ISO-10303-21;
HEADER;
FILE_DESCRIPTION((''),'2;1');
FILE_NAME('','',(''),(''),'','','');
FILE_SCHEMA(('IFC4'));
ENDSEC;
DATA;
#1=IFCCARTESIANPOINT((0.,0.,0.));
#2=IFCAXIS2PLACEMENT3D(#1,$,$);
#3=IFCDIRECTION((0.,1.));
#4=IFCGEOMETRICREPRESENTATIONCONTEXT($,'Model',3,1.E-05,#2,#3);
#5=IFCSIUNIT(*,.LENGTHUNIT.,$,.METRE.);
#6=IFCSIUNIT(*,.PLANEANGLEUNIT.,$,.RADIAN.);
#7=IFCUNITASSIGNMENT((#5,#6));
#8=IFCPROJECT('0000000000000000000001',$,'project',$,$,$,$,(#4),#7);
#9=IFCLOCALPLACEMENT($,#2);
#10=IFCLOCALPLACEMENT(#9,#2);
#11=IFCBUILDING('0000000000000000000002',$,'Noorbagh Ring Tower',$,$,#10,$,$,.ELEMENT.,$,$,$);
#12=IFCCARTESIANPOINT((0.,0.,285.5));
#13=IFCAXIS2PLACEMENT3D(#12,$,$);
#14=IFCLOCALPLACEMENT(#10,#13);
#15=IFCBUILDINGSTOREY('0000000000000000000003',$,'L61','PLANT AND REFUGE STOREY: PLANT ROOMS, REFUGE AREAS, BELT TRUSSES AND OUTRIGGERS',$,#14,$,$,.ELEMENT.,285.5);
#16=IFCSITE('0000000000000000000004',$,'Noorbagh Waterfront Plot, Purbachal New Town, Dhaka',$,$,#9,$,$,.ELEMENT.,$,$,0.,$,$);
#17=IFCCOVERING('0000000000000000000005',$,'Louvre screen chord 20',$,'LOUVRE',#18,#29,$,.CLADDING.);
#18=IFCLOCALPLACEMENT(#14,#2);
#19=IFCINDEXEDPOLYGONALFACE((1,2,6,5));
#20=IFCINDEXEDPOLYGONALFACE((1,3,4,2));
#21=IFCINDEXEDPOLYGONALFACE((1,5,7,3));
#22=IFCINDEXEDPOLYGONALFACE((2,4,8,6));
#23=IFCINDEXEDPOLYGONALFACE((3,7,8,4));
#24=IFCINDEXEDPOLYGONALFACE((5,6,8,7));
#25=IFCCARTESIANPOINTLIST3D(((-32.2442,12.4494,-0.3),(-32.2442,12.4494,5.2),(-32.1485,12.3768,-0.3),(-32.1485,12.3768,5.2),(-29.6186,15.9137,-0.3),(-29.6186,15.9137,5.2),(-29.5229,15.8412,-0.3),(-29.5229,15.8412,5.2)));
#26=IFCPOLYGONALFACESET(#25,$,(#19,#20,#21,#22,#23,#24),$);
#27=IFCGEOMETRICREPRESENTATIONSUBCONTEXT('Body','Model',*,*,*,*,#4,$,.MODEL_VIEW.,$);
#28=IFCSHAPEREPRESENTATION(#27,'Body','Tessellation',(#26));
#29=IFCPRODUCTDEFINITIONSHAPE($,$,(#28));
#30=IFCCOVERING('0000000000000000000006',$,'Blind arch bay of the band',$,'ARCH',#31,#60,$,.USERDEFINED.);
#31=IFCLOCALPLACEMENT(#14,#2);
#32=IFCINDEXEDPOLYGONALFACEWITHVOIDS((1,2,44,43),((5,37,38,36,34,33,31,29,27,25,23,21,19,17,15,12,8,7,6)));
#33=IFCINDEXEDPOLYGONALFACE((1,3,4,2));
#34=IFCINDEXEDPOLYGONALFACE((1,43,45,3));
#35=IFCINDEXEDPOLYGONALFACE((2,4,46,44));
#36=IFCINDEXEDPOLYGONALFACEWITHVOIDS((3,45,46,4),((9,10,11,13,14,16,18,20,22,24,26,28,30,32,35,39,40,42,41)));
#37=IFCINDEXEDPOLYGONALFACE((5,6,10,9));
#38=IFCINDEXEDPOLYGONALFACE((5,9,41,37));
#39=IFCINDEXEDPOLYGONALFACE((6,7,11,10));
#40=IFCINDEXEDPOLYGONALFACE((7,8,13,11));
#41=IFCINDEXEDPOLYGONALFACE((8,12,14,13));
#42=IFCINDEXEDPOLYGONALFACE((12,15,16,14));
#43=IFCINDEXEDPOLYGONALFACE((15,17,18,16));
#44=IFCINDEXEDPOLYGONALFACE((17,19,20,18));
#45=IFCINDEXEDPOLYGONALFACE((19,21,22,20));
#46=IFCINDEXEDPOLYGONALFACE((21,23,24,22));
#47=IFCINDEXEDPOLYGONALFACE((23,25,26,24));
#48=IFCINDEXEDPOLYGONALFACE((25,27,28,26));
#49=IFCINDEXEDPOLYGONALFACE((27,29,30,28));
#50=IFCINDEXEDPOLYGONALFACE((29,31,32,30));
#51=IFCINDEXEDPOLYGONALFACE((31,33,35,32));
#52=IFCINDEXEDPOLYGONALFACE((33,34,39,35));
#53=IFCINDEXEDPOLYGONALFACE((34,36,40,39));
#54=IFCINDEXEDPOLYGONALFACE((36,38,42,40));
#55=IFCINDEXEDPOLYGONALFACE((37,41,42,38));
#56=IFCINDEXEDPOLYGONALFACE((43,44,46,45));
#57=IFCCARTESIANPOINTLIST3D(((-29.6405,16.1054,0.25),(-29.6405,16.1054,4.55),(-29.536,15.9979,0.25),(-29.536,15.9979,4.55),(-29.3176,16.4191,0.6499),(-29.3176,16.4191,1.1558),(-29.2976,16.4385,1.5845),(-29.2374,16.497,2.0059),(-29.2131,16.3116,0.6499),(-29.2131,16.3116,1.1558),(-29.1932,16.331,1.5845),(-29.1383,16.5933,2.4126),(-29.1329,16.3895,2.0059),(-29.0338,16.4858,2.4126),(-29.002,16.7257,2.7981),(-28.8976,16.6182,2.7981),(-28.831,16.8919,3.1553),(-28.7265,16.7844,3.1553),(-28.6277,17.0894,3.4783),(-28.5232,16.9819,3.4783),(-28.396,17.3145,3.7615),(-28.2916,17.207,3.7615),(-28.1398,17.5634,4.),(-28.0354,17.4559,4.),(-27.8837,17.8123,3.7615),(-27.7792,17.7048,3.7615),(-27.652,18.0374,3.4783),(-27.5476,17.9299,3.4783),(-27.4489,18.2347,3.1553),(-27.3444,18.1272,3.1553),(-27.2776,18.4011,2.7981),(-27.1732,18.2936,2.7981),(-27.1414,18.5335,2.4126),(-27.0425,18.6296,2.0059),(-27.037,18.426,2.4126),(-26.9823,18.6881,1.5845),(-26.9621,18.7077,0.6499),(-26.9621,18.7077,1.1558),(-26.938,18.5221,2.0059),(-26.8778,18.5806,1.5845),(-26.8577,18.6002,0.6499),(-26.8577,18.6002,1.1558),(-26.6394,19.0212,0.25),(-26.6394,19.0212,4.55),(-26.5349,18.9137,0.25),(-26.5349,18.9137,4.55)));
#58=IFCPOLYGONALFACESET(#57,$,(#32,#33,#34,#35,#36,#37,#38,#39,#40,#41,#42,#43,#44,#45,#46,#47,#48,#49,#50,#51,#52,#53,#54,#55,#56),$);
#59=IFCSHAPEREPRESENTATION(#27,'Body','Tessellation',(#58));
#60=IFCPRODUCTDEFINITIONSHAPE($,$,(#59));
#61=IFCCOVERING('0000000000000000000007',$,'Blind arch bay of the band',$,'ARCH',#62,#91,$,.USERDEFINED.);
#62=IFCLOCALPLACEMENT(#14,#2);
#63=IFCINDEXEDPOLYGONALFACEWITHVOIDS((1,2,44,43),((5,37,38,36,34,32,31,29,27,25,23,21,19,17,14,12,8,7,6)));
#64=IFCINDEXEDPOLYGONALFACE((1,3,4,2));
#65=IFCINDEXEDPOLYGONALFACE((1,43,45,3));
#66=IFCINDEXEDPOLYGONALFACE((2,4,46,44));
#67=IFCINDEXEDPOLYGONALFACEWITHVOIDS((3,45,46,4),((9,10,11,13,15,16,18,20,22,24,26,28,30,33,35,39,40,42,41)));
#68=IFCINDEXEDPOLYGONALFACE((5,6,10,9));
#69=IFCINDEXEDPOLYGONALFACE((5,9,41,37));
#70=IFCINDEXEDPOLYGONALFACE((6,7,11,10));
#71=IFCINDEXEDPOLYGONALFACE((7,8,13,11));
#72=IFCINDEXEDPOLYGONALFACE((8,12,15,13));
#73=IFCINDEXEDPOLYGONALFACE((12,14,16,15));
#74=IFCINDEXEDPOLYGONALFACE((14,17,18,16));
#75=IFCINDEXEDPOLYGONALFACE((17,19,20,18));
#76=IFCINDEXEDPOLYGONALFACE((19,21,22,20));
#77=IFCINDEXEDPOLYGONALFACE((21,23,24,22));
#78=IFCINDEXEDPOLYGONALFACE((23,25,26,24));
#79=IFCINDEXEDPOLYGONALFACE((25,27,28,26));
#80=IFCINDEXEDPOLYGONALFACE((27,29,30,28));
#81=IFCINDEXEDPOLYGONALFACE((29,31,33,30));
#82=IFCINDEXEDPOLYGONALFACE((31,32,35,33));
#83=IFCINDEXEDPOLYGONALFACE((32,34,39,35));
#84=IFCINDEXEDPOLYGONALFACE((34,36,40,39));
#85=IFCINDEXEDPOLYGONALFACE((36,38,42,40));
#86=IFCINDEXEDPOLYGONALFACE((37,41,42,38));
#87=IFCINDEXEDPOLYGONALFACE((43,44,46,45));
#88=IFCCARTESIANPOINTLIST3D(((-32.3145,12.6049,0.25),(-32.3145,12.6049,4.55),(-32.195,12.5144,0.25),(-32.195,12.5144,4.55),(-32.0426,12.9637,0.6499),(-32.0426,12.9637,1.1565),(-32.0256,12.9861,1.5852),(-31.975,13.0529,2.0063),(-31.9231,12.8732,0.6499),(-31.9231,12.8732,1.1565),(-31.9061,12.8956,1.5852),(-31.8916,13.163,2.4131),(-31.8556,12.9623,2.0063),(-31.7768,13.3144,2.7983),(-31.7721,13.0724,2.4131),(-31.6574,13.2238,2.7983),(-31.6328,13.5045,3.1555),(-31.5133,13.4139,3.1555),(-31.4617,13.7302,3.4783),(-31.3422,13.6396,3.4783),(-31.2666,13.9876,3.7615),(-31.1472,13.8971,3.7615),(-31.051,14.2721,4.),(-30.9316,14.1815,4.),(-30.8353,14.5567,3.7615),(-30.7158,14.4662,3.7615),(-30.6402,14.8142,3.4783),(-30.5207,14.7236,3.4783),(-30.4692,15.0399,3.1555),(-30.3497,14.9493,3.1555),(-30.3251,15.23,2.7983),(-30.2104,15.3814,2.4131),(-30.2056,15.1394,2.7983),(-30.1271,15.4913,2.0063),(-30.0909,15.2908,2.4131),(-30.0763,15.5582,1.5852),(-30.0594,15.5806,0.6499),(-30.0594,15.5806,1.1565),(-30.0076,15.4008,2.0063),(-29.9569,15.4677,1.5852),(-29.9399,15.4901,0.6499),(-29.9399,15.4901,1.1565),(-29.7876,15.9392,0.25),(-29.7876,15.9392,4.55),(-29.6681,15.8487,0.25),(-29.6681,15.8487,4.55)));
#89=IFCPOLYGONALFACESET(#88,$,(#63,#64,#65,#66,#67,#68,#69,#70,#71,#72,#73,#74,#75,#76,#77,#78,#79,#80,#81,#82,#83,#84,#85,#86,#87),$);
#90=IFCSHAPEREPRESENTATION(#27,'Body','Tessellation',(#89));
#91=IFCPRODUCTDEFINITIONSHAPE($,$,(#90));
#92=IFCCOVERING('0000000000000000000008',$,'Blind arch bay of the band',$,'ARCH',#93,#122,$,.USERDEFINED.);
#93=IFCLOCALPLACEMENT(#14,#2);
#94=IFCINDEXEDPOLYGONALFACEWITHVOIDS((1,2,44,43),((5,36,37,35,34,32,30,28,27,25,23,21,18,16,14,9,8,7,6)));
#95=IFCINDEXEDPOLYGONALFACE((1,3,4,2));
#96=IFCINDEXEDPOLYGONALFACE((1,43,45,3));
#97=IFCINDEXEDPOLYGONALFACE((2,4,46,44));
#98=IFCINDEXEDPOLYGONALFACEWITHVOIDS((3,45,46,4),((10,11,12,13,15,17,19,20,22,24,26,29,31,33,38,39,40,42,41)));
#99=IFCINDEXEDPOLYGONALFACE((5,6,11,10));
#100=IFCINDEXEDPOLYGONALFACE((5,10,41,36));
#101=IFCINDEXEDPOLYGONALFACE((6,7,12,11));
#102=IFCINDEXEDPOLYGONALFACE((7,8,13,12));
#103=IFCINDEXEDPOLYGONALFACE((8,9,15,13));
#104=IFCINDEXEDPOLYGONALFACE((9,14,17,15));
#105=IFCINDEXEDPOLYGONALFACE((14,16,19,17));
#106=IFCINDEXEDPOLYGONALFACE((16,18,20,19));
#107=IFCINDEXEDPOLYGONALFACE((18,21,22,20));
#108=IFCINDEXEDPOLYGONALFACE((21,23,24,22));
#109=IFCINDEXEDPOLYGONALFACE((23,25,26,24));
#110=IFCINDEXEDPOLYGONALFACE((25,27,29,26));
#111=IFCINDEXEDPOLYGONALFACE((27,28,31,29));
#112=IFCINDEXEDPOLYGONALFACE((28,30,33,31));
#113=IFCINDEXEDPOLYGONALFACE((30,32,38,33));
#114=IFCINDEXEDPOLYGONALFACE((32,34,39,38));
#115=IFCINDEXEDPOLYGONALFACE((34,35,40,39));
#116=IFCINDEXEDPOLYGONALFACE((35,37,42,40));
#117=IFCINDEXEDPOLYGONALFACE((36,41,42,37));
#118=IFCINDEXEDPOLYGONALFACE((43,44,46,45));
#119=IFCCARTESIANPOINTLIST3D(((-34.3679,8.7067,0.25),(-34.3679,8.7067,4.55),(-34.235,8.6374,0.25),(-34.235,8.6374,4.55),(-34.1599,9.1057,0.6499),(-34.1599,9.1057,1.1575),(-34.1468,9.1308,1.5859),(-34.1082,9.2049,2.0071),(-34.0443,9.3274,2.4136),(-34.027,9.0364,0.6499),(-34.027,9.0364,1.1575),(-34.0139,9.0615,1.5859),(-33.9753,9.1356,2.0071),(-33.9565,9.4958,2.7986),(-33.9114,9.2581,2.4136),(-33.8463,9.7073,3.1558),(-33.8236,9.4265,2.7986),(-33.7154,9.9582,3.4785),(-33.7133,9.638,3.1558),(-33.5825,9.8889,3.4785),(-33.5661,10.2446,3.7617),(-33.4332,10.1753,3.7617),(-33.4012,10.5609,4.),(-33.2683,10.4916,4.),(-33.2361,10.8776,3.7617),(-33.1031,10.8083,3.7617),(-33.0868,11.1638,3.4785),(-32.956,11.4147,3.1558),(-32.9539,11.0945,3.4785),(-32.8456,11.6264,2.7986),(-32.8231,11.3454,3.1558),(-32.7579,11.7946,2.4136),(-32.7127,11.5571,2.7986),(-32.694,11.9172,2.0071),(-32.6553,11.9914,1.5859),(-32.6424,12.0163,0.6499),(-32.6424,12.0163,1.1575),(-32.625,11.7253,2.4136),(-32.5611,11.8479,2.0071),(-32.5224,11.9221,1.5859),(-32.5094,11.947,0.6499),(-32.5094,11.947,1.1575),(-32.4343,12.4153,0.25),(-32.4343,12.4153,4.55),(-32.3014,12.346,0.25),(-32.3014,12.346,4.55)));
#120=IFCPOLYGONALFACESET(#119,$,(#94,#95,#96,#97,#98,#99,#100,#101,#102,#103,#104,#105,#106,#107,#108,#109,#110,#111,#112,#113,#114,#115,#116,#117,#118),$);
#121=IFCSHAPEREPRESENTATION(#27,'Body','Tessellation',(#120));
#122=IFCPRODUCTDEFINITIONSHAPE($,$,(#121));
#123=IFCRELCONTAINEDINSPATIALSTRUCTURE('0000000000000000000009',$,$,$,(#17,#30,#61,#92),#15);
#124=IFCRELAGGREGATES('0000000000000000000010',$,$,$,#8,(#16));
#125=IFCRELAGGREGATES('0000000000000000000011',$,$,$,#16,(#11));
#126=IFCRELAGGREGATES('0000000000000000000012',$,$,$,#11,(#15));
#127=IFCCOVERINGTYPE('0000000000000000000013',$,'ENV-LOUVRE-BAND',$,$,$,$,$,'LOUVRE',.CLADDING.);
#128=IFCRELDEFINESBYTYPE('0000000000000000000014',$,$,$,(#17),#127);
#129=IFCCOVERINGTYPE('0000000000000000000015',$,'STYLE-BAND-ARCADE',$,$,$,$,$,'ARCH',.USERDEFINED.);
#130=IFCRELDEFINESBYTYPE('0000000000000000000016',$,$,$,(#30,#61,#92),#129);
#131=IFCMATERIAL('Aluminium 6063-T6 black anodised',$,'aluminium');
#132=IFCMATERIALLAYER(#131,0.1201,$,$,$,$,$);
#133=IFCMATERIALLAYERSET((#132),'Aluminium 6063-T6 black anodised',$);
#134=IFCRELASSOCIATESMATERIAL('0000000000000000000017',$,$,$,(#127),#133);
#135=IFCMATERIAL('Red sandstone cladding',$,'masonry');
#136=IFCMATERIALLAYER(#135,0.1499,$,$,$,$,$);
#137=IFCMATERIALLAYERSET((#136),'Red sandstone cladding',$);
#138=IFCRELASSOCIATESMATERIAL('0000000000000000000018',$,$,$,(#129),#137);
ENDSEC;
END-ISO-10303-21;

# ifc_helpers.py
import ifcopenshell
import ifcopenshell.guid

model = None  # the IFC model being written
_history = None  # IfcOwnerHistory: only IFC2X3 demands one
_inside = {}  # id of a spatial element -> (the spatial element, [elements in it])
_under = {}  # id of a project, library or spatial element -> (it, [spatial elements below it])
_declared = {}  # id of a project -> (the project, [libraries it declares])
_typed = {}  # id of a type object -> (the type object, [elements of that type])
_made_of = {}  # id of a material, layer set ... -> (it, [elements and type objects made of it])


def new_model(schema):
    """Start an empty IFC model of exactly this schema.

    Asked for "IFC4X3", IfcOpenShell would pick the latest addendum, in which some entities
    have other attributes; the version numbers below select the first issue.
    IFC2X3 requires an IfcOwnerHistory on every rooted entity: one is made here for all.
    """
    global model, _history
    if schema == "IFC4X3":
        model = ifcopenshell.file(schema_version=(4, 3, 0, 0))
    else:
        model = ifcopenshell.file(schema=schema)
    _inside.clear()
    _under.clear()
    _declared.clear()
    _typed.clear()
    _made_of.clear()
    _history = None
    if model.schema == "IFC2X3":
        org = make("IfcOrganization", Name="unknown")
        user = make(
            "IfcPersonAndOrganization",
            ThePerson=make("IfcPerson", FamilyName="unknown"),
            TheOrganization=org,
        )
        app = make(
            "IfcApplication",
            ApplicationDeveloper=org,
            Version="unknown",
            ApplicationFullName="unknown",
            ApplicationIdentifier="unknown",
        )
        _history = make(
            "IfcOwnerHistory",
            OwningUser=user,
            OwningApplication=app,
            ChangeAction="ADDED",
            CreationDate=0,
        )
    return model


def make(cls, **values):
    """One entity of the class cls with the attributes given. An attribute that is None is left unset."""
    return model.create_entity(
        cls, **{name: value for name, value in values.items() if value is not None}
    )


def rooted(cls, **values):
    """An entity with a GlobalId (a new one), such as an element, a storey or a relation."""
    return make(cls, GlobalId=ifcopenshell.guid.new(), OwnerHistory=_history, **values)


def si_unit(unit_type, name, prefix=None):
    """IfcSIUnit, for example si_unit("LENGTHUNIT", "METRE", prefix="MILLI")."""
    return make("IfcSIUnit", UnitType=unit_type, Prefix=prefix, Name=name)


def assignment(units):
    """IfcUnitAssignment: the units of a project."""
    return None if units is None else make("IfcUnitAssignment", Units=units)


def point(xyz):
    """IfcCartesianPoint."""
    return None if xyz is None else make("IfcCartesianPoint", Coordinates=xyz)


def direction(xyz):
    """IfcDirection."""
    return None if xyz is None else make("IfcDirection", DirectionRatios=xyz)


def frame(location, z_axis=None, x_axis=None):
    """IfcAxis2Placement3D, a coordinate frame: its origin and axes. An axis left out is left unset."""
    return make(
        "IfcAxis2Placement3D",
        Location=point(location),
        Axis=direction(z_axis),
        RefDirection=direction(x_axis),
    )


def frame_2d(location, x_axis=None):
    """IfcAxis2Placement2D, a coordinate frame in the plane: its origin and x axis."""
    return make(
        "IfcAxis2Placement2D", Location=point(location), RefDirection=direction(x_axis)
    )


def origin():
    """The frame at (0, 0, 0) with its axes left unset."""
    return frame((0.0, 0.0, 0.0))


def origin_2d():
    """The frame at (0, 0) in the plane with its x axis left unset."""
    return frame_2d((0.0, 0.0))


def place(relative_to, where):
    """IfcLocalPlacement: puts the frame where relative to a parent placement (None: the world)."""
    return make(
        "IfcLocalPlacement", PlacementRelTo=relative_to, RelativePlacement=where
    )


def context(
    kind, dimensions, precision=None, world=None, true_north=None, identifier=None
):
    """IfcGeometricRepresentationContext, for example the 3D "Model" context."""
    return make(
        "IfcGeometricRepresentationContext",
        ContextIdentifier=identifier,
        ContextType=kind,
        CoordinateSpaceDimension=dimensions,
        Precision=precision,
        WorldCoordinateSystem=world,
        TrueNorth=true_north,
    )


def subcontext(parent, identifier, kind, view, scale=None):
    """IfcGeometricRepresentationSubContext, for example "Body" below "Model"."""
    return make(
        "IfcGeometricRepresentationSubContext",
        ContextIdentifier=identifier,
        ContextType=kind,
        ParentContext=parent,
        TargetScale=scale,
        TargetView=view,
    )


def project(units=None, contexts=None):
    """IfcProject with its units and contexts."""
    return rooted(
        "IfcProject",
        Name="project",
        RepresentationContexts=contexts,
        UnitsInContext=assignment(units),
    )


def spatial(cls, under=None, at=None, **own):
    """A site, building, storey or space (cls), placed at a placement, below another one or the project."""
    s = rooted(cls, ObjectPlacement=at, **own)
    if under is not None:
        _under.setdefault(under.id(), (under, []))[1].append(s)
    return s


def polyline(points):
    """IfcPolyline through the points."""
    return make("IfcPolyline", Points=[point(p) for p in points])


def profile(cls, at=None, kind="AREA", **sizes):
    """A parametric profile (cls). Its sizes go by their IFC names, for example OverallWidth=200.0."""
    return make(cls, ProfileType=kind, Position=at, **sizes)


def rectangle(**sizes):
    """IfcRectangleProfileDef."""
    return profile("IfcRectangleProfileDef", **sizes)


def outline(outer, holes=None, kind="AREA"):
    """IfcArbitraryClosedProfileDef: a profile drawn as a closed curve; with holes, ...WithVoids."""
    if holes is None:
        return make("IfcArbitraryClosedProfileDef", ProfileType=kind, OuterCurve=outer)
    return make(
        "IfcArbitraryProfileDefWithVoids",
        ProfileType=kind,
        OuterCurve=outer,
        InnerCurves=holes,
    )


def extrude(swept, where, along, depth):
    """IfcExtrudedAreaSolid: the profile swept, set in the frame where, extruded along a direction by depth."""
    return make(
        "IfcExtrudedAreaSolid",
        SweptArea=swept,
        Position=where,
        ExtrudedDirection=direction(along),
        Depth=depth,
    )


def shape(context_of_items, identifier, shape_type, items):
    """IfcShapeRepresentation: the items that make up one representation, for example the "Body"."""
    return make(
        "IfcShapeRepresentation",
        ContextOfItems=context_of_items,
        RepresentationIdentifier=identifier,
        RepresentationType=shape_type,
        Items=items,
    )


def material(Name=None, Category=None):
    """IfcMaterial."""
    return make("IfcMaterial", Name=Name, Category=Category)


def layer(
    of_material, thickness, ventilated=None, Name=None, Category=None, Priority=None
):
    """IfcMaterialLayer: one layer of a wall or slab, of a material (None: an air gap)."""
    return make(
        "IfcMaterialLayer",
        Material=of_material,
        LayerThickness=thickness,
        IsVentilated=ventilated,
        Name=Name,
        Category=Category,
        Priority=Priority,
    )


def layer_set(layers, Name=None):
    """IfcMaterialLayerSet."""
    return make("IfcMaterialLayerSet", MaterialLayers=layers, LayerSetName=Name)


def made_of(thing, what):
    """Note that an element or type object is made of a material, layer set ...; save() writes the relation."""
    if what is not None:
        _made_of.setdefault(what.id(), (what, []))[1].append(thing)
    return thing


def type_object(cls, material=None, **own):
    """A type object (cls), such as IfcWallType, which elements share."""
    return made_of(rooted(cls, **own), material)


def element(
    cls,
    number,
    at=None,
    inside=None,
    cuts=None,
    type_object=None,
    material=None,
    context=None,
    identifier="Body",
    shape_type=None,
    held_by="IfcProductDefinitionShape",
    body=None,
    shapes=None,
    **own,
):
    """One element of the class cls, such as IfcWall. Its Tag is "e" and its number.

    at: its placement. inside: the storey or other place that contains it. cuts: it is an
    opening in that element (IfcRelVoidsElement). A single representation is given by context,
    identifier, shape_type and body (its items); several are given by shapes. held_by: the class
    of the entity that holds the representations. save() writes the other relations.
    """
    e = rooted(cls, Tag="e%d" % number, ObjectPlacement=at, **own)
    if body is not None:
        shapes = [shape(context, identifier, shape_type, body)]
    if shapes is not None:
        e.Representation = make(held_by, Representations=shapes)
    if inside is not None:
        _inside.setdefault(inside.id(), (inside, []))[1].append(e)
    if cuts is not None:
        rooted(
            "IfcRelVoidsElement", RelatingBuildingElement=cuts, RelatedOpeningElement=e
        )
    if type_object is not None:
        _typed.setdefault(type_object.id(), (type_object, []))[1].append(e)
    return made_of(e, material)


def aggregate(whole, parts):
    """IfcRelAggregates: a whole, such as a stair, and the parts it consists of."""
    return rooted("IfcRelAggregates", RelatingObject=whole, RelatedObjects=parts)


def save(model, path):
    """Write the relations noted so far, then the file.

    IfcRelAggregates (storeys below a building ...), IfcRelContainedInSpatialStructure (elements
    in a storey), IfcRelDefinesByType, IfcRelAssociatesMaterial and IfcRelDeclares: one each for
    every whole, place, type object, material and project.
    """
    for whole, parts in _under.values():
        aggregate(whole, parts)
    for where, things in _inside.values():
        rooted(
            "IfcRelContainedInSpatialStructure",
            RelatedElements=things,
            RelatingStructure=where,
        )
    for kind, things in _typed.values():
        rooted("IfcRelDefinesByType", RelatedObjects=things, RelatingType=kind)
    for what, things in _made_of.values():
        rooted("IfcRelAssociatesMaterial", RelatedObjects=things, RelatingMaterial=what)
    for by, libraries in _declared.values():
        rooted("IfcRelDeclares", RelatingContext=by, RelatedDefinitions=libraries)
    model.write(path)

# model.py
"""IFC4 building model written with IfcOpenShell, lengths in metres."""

from ifc_helpers import new_model, si_unit, direction, frame, origin, origin_2d, place, context, subcontext, project, spatial, polyline, rectangle, outline, extrude, material, layer, layer_set, type_object, element, save


model = new_model("IFC4")

# Units and contexts
model_context = context("Model", 3, precision=1e-05, world=origin(), true_north=direction((0.0, 1.0)))
body_context = subcontext(model_context, "Body", "Model", "MODEL_VIEW")
ifc_project = project(units=[si_unit("LENGTHUNIT", "METRE"), si_unit("PLANEANGLEUNIT", "RADIAN")], contexts=[model_context])

# Site, building, storey
site_placement = place(None, origin())
site = spatial("IfcSite", under=ifc_project, at=site_placement, Name="Noorbagh Waterfront Plot, Purbachal New Town, Dhaka", CompositionType="ELEMENT", RefElevation=0.0)
building_placement = place(site_placement, origin())
building = spatial("IfcBuilding", under=site, at=building_placement, Name="Noorbagh Ring Tower", CompositionType="ELEMENT")
storey_placement = place(building_placement, frame((0.0, 0.0, 285.5)))
storey = spatial("IfcBuildingStorey", under=building, at=storey_placement, Name="L61", Description="PLANT AND REFUGE STOREY: PLANT ROOMS, REFUGE AREAS, BELT TRUSSES AND OUTRIGGERS", CompositionType="ELEMENT", Elevation=285.5)

# Coverings
ifc_material_1 = material(Name="Aluminium 6063-T6 black anodised", Category="aluminium")
ifc_layer_1 = layer(ifc_material_1, 0.1201)
ifc_layer_set_1 = layer_set([ifc_layer_1], Name="Aluminium 6063-T6 black anodised")
covering_type_1 = type_object("IfcCoveringType", Name="ENV-LOUVRE-BAND", ElementType="LOUVRE", PredefinedType="CLADDING", material=ifc_layer_set_1)
covering_1_placement = place(storey_placement, frame((-30.8835, 14.1453, -0.3), z_axis=(0.0, 0.0, 1.0), x_axis=(-0.60402, -0.796969, 0.0)))
element("IfcCovering", 1, at=covering_1_placement, inside=storey, type_object=covering_type_1, Name="Louvre screen chord 20", ObjectType="LOUVRE", PredefinedType="CLADDING", context=body_context, shape_type="SweptSolid", body=[
    extrude(rectangle(XDim=4.3469, YDim=0.1201, at=origin_2d()), origin(), (0.0, 0.0, 1.0), 5.5),
])
ifc_material_2 = material(Name="Red sandstone cladding", Category="masonry")
ifc_layer_2 = layer(ifc_material_2, 0.1499)
ifc_layer_set_2 = layer_set([ifc_layer_2], Name="Red sandstone cladding")
covering_type_2 = type_object("IfcCoveringType", Name="STYLE-BAND-ARCADE", ElementType="ARCH", PredefinedType="USERDEFINED", material=ifc_layer_set_2)
covering_2_placement = place(storey_placement, frame((-26.6394, 19.0212, 0.25), z_axis=(-0.696852, 0.717215, 0.0), x_axis=(-0.717215, -0.696852, 0.0)))
element("IfcCovering", 2, at=covering_2_placement, inside=storey, type_object=covering_type_2, Name="Blind arch bay of the band", ObjectType="ARCH", PredefinedType="USERDEFINED", context=body_context, shape_type="SweptSolid", body=[
    extrude(outline(polyline([(0.0, 0.0), (4.1843, 0.0), (4.1843, 4.3), (0.0, 4.3), (0.0, 0.0)]), holes=[polyline([(0.45, 0.3999), (0.45, 0.9058), (0.478, 1.3345), (0.562, 1.7559), (0.7, 2.1626), (0.8899, 2.5481), (1.1287, 2.9053), (1.4119, 3.2283), (1.7349, 3.5115), (2.092, 3.75), (2.4492, 3.5115), (2.7722, 3.2283), (3.0557, 2.9053), (3.2942, 2.5481), (3.4841, 2.1626), (3.6223, 1.7559), (3.7063, 1.3345), (3.7341, 0.9058), (3.7341, 0.3999), (0.45, 0.3999)])]), origin(), (0.0, 0.0, -1.0), 0.1499),
])
covering_3_placement = place(storey_placement, frame((-29.7876, 15.9392, 0.25), z_axis=(-0.796986, 0.603998, 0.0), x_axis=(-0.603998, -0.796986, 0.0)))
element("IfcCovering", 3, at=covering_3_placement, inside=storey, type_object=covering_type_2, Name="Blind arch bay of the band", ObjectType="ARCH", PredefinedType="USERDEFINED", context=body_context, shape_type="SweptSolid", body=[
    extrude(outline(polyline([(0.0, 0.0), (4.1836, 0.0), (4.1836, 4.3), (0.0, 4.3), (0.0, 0.0)]), holes=[polyline([(0.45, 0.3999), (0.45, 0.9065), (0.478, 1.3352), (0.562, 1.7563), (0.7, 2.1631), (0.8899, 2.5483), (1.1284, 2.9055), (1.4116, 3.2283), (1.7346, 3.5115), (2.0918, 3.75), (2.4487, 3.5115), (2.7717, 3.2283), (3.0549, 2.9055), (3.2935, 2.5483), (3.4834, 2.1631), (3.6216, 1.7563), (3.7053, 1.3352), (3.7334, 0.9065), (3.7334, 0.3999), (0.45, 0.3999)])]), origin(), (0.0, 0.0, -1.0), 0.1499),
])
covering_4_placement = place(storey_placement, frame((-32.4343, 12.4153, 0.25), z_axis=(-0.88671, 0.462327, 0.0), x_axis=(-0.462327, -0.88671, 0.0)))
element("IfcCovering", 4, at=covering_4_placement, inside=storey, type_object=covering_type_2, Name="Blind arch bay of the band", ObjectType="ARCH", PredefinedType="USERDEFINED", context=body_context, shape_type="SweptSolid", body=[
    extrude(outline(polyline([(0.0, 0.0), (4.1824, 0.0), (4.1824, 4.3), (0.0, 4.3), (0.0, 0.0)]), holes=[polyline([(0.45, 0.3999), (0.45, 0.9075), (0.478, 1.3359), (0.5618, 1.7571), (0.7, 2.1636), (0.8896, 2.5486), (1.1284, 2.9058), (1.4114, 3.2285), (1.7341, 3.5117), (2.0913, 3.75), (2.448, 3.5117), (2.771, 3.2285), (3.054, 2.9058), (3.2925, 2.5486), (3.4824, 2.1636), (3.6206, 1.7571), (3.7041, 1.3359), (3.7324, 0.9075), (3.7324, 0.3999), (0.45, 0.3999)])]), origin(), (0.0, 0.0, -1.0), 0.1499),
])

save(model, "model.ifc")
